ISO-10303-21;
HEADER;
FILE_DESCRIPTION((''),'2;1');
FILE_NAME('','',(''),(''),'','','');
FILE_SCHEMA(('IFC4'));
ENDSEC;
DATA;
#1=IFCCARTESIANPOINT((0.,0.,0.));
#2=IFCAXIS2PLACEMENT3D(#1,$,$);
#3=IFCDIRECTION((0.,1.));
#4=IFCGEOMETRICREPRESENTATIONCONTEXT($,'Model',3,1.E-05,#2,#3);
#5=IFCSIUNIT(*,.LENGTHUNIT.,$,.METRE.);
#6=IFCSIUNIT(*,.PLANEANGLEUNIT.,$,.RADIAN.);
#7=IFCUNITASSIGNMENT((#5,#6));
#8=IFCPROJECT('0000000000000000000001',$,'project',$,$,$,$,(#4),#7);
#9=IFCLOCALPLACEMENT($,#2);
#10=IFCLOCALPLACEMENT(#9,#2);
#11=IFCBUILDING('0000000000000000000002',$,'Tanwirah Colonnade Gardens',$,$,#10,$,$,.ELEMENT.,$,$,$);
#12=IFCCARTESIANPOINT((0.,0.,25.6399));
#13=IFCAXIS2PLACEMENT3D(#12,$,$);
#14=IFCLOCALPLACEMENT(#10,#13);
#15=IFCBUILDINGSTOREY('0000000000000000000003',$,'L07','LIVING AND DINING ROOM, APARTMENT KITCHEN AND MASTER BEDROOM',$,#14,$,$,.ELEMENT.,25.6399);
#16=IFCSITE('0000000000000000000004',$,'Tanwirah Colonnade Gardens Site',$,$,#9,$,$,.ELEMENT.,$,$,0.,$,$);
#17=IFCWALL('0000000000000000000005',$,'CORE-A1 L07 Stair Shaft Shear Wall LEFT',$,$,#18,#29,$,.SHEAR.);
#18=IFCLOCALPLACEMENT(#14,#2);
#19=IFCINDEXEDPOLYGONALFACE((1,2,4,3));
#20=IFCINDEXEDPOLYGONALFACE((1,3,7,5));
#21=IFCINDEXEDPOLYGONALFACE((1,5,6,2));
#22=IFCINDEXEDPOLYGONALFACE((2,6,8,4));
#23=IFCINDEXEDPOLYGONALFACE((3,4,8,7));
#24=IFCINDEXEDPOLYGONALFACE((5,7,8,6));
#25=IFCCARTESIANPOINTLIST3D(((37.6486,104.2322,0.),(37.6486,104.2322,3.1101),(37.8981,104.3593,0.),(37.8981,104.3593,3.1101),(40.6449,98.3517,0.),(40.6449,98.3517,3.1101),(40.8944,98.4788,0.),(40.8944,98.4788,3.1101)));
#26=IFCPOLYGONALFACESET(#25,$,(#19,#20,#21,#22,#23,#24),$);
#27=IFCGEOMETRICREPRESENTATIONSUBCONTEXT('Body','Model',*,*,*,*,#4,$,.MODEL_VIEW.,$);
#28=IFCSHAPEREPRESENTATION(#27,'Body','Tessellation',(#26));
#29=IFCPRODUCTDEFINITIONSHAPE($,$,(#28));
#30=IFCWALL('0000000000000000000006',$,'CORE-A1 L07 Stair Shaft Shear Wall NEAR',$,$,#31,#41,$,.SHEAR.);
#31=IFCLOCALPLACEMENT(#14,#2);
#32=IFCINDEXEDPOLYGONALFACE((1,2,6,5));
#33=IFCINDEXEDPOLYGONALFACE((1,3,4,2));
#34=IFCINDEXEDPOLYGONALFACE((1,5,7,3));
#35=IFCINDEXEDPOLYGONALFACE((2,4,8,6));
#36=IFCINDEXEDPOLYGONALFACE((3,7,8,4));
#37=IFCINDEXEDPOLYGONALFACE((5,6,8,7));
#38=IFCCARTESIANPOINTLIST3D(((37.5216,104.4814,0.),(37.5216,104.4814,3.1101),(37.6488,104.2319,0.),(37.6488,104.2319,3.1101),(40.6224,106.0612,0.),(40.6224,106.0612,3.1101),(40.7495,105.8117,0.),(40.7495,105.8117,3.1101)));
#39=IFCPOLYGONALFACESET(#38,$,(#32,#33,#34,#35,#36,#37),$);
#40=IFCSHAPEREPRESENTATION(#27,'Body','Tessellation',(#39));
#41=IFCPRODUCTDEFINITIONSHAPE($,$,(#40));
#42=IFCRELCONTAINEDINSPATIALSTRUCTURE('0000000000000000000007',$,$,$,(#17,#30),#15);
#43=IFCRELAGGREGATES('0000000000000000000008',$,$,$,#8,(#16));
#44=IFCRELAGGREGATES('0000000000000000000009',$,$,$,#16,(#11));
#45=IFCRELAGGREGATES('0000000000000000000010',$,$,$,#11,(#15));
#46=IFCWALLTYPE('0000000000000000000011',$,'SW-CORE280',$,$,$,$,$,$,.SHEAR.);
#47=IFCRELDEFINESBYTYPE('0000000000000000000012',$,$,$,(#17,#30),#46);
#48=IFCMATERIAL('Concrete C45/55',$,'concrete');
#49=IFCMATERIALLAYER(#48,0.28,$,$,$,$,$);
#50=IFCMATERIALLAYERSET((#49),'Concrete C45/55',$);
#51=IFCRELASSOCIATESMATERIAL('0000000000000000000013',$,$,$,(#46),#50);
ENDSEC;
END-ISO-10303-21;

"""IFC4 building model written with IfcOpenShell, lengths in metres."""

from ifc_helpers import new_model, si_unit, direction, frame, frame_2d, origin, place, context, subcontext, project, spatial, rectangle, extrude, material, layer, layer_set, type_object, element, save


model = new_model("IFC4")

# Units and contexts
model_context = context("Model", 3, precision=1e-05, world=origin(), true_north=direction((0.0, 1.0)))
body_context = subcontext(model_context, "Body", "Model", "MODEL_VIEW")
ifc_project = project(units=[si_unit("LENGTHUNIT", "METRE"), si_unit("PLANEANGLEUNIT", "RADIAN")], contexts=[model_context])

# Site, building, storey
site_placement = place(None, origin())
site = spatial("IfcSite", under=ifc_project, at=site_placement, Name="Tanwirah Colonnade Gardens Site", CompositionType="ELEMENT", RefElevation=0.0)
building_placement = place(site_placement, origin())
building = spatial("IfcBuilding", under=site, at=building_placement, Name="Tanwirah Colonnade Gardens", CompositionType="ELEMENT")
storey_placement = place(building_placement, frame((0.0, 0.0, 25.6399)))
storey = spatial("IfcBuildingStorey", under=building, at=storey_placement, Name="L07", Description="LIVING AND DINING ROOM, APARTMENT KITCHEN AND MASTER BEDROOM", CompositionType="ELEMENT", Elevation=25.6399)

# Walls
ifc_material_1 = material(Name="Concrete C45/55", Category="concrete")
ifc_layer_1 = layer(ifc_material_1, 0.28)
ifc_layer_set_1 = layer_set([ifc_layer_1], Name="Concrete C45/55")
wall_type_1 = type_object("IfcWallType", Name="SW-CORE280", PredefinedType="SHEAR", material=ifc_layer_set_1)
wall_1_placement = place(storey_placement, frame((37.7734, 104.2957, 0.0), z_axis=(0.0, 0.0, 1.0), x_axis=(0.453992, -0.891006, 0.0)))
element("IfcWall", 1, at=wall_1_placement, inside=storey, type_object=wall_type_1, Name="CORE-A1 L07 Stair Shaft Shear Wall LEFT", PredefinedType="SHEAR", context=body_context, shape_type="SweptSolid", body=[
    extrude(rectangle(XDim=6.5999, YDim=0.28, at=frame_2d((3.2998, 0.0))), origin(), (0.0, 0.0, 1.0), 3.1101),
])
wall_2_placement = place(storey_placement, frame((37.5852, 104.3567, 0.0), z_axis=(0.0, 0.0, 1.0), x_axis=(0.89102, 0.453964, 0.0)))
element("IfcWall", 2, at=wall_2_placement, inside=storey, type_object=wall_type_1, Name="CORE-A1 L07 Stair Shaft Shear Wall NEAR", PredefinedType="SHEAR", context=body_context, shape_type="SweptSolid", body=[
    extrude(rectangle(XDim=3.48, YDim=0.28, at=frame_2d((1.74, 0.0))), origin(), (0.0, 0.0, 1.0), 3.1101),
])

save(model, "model.ifc")
